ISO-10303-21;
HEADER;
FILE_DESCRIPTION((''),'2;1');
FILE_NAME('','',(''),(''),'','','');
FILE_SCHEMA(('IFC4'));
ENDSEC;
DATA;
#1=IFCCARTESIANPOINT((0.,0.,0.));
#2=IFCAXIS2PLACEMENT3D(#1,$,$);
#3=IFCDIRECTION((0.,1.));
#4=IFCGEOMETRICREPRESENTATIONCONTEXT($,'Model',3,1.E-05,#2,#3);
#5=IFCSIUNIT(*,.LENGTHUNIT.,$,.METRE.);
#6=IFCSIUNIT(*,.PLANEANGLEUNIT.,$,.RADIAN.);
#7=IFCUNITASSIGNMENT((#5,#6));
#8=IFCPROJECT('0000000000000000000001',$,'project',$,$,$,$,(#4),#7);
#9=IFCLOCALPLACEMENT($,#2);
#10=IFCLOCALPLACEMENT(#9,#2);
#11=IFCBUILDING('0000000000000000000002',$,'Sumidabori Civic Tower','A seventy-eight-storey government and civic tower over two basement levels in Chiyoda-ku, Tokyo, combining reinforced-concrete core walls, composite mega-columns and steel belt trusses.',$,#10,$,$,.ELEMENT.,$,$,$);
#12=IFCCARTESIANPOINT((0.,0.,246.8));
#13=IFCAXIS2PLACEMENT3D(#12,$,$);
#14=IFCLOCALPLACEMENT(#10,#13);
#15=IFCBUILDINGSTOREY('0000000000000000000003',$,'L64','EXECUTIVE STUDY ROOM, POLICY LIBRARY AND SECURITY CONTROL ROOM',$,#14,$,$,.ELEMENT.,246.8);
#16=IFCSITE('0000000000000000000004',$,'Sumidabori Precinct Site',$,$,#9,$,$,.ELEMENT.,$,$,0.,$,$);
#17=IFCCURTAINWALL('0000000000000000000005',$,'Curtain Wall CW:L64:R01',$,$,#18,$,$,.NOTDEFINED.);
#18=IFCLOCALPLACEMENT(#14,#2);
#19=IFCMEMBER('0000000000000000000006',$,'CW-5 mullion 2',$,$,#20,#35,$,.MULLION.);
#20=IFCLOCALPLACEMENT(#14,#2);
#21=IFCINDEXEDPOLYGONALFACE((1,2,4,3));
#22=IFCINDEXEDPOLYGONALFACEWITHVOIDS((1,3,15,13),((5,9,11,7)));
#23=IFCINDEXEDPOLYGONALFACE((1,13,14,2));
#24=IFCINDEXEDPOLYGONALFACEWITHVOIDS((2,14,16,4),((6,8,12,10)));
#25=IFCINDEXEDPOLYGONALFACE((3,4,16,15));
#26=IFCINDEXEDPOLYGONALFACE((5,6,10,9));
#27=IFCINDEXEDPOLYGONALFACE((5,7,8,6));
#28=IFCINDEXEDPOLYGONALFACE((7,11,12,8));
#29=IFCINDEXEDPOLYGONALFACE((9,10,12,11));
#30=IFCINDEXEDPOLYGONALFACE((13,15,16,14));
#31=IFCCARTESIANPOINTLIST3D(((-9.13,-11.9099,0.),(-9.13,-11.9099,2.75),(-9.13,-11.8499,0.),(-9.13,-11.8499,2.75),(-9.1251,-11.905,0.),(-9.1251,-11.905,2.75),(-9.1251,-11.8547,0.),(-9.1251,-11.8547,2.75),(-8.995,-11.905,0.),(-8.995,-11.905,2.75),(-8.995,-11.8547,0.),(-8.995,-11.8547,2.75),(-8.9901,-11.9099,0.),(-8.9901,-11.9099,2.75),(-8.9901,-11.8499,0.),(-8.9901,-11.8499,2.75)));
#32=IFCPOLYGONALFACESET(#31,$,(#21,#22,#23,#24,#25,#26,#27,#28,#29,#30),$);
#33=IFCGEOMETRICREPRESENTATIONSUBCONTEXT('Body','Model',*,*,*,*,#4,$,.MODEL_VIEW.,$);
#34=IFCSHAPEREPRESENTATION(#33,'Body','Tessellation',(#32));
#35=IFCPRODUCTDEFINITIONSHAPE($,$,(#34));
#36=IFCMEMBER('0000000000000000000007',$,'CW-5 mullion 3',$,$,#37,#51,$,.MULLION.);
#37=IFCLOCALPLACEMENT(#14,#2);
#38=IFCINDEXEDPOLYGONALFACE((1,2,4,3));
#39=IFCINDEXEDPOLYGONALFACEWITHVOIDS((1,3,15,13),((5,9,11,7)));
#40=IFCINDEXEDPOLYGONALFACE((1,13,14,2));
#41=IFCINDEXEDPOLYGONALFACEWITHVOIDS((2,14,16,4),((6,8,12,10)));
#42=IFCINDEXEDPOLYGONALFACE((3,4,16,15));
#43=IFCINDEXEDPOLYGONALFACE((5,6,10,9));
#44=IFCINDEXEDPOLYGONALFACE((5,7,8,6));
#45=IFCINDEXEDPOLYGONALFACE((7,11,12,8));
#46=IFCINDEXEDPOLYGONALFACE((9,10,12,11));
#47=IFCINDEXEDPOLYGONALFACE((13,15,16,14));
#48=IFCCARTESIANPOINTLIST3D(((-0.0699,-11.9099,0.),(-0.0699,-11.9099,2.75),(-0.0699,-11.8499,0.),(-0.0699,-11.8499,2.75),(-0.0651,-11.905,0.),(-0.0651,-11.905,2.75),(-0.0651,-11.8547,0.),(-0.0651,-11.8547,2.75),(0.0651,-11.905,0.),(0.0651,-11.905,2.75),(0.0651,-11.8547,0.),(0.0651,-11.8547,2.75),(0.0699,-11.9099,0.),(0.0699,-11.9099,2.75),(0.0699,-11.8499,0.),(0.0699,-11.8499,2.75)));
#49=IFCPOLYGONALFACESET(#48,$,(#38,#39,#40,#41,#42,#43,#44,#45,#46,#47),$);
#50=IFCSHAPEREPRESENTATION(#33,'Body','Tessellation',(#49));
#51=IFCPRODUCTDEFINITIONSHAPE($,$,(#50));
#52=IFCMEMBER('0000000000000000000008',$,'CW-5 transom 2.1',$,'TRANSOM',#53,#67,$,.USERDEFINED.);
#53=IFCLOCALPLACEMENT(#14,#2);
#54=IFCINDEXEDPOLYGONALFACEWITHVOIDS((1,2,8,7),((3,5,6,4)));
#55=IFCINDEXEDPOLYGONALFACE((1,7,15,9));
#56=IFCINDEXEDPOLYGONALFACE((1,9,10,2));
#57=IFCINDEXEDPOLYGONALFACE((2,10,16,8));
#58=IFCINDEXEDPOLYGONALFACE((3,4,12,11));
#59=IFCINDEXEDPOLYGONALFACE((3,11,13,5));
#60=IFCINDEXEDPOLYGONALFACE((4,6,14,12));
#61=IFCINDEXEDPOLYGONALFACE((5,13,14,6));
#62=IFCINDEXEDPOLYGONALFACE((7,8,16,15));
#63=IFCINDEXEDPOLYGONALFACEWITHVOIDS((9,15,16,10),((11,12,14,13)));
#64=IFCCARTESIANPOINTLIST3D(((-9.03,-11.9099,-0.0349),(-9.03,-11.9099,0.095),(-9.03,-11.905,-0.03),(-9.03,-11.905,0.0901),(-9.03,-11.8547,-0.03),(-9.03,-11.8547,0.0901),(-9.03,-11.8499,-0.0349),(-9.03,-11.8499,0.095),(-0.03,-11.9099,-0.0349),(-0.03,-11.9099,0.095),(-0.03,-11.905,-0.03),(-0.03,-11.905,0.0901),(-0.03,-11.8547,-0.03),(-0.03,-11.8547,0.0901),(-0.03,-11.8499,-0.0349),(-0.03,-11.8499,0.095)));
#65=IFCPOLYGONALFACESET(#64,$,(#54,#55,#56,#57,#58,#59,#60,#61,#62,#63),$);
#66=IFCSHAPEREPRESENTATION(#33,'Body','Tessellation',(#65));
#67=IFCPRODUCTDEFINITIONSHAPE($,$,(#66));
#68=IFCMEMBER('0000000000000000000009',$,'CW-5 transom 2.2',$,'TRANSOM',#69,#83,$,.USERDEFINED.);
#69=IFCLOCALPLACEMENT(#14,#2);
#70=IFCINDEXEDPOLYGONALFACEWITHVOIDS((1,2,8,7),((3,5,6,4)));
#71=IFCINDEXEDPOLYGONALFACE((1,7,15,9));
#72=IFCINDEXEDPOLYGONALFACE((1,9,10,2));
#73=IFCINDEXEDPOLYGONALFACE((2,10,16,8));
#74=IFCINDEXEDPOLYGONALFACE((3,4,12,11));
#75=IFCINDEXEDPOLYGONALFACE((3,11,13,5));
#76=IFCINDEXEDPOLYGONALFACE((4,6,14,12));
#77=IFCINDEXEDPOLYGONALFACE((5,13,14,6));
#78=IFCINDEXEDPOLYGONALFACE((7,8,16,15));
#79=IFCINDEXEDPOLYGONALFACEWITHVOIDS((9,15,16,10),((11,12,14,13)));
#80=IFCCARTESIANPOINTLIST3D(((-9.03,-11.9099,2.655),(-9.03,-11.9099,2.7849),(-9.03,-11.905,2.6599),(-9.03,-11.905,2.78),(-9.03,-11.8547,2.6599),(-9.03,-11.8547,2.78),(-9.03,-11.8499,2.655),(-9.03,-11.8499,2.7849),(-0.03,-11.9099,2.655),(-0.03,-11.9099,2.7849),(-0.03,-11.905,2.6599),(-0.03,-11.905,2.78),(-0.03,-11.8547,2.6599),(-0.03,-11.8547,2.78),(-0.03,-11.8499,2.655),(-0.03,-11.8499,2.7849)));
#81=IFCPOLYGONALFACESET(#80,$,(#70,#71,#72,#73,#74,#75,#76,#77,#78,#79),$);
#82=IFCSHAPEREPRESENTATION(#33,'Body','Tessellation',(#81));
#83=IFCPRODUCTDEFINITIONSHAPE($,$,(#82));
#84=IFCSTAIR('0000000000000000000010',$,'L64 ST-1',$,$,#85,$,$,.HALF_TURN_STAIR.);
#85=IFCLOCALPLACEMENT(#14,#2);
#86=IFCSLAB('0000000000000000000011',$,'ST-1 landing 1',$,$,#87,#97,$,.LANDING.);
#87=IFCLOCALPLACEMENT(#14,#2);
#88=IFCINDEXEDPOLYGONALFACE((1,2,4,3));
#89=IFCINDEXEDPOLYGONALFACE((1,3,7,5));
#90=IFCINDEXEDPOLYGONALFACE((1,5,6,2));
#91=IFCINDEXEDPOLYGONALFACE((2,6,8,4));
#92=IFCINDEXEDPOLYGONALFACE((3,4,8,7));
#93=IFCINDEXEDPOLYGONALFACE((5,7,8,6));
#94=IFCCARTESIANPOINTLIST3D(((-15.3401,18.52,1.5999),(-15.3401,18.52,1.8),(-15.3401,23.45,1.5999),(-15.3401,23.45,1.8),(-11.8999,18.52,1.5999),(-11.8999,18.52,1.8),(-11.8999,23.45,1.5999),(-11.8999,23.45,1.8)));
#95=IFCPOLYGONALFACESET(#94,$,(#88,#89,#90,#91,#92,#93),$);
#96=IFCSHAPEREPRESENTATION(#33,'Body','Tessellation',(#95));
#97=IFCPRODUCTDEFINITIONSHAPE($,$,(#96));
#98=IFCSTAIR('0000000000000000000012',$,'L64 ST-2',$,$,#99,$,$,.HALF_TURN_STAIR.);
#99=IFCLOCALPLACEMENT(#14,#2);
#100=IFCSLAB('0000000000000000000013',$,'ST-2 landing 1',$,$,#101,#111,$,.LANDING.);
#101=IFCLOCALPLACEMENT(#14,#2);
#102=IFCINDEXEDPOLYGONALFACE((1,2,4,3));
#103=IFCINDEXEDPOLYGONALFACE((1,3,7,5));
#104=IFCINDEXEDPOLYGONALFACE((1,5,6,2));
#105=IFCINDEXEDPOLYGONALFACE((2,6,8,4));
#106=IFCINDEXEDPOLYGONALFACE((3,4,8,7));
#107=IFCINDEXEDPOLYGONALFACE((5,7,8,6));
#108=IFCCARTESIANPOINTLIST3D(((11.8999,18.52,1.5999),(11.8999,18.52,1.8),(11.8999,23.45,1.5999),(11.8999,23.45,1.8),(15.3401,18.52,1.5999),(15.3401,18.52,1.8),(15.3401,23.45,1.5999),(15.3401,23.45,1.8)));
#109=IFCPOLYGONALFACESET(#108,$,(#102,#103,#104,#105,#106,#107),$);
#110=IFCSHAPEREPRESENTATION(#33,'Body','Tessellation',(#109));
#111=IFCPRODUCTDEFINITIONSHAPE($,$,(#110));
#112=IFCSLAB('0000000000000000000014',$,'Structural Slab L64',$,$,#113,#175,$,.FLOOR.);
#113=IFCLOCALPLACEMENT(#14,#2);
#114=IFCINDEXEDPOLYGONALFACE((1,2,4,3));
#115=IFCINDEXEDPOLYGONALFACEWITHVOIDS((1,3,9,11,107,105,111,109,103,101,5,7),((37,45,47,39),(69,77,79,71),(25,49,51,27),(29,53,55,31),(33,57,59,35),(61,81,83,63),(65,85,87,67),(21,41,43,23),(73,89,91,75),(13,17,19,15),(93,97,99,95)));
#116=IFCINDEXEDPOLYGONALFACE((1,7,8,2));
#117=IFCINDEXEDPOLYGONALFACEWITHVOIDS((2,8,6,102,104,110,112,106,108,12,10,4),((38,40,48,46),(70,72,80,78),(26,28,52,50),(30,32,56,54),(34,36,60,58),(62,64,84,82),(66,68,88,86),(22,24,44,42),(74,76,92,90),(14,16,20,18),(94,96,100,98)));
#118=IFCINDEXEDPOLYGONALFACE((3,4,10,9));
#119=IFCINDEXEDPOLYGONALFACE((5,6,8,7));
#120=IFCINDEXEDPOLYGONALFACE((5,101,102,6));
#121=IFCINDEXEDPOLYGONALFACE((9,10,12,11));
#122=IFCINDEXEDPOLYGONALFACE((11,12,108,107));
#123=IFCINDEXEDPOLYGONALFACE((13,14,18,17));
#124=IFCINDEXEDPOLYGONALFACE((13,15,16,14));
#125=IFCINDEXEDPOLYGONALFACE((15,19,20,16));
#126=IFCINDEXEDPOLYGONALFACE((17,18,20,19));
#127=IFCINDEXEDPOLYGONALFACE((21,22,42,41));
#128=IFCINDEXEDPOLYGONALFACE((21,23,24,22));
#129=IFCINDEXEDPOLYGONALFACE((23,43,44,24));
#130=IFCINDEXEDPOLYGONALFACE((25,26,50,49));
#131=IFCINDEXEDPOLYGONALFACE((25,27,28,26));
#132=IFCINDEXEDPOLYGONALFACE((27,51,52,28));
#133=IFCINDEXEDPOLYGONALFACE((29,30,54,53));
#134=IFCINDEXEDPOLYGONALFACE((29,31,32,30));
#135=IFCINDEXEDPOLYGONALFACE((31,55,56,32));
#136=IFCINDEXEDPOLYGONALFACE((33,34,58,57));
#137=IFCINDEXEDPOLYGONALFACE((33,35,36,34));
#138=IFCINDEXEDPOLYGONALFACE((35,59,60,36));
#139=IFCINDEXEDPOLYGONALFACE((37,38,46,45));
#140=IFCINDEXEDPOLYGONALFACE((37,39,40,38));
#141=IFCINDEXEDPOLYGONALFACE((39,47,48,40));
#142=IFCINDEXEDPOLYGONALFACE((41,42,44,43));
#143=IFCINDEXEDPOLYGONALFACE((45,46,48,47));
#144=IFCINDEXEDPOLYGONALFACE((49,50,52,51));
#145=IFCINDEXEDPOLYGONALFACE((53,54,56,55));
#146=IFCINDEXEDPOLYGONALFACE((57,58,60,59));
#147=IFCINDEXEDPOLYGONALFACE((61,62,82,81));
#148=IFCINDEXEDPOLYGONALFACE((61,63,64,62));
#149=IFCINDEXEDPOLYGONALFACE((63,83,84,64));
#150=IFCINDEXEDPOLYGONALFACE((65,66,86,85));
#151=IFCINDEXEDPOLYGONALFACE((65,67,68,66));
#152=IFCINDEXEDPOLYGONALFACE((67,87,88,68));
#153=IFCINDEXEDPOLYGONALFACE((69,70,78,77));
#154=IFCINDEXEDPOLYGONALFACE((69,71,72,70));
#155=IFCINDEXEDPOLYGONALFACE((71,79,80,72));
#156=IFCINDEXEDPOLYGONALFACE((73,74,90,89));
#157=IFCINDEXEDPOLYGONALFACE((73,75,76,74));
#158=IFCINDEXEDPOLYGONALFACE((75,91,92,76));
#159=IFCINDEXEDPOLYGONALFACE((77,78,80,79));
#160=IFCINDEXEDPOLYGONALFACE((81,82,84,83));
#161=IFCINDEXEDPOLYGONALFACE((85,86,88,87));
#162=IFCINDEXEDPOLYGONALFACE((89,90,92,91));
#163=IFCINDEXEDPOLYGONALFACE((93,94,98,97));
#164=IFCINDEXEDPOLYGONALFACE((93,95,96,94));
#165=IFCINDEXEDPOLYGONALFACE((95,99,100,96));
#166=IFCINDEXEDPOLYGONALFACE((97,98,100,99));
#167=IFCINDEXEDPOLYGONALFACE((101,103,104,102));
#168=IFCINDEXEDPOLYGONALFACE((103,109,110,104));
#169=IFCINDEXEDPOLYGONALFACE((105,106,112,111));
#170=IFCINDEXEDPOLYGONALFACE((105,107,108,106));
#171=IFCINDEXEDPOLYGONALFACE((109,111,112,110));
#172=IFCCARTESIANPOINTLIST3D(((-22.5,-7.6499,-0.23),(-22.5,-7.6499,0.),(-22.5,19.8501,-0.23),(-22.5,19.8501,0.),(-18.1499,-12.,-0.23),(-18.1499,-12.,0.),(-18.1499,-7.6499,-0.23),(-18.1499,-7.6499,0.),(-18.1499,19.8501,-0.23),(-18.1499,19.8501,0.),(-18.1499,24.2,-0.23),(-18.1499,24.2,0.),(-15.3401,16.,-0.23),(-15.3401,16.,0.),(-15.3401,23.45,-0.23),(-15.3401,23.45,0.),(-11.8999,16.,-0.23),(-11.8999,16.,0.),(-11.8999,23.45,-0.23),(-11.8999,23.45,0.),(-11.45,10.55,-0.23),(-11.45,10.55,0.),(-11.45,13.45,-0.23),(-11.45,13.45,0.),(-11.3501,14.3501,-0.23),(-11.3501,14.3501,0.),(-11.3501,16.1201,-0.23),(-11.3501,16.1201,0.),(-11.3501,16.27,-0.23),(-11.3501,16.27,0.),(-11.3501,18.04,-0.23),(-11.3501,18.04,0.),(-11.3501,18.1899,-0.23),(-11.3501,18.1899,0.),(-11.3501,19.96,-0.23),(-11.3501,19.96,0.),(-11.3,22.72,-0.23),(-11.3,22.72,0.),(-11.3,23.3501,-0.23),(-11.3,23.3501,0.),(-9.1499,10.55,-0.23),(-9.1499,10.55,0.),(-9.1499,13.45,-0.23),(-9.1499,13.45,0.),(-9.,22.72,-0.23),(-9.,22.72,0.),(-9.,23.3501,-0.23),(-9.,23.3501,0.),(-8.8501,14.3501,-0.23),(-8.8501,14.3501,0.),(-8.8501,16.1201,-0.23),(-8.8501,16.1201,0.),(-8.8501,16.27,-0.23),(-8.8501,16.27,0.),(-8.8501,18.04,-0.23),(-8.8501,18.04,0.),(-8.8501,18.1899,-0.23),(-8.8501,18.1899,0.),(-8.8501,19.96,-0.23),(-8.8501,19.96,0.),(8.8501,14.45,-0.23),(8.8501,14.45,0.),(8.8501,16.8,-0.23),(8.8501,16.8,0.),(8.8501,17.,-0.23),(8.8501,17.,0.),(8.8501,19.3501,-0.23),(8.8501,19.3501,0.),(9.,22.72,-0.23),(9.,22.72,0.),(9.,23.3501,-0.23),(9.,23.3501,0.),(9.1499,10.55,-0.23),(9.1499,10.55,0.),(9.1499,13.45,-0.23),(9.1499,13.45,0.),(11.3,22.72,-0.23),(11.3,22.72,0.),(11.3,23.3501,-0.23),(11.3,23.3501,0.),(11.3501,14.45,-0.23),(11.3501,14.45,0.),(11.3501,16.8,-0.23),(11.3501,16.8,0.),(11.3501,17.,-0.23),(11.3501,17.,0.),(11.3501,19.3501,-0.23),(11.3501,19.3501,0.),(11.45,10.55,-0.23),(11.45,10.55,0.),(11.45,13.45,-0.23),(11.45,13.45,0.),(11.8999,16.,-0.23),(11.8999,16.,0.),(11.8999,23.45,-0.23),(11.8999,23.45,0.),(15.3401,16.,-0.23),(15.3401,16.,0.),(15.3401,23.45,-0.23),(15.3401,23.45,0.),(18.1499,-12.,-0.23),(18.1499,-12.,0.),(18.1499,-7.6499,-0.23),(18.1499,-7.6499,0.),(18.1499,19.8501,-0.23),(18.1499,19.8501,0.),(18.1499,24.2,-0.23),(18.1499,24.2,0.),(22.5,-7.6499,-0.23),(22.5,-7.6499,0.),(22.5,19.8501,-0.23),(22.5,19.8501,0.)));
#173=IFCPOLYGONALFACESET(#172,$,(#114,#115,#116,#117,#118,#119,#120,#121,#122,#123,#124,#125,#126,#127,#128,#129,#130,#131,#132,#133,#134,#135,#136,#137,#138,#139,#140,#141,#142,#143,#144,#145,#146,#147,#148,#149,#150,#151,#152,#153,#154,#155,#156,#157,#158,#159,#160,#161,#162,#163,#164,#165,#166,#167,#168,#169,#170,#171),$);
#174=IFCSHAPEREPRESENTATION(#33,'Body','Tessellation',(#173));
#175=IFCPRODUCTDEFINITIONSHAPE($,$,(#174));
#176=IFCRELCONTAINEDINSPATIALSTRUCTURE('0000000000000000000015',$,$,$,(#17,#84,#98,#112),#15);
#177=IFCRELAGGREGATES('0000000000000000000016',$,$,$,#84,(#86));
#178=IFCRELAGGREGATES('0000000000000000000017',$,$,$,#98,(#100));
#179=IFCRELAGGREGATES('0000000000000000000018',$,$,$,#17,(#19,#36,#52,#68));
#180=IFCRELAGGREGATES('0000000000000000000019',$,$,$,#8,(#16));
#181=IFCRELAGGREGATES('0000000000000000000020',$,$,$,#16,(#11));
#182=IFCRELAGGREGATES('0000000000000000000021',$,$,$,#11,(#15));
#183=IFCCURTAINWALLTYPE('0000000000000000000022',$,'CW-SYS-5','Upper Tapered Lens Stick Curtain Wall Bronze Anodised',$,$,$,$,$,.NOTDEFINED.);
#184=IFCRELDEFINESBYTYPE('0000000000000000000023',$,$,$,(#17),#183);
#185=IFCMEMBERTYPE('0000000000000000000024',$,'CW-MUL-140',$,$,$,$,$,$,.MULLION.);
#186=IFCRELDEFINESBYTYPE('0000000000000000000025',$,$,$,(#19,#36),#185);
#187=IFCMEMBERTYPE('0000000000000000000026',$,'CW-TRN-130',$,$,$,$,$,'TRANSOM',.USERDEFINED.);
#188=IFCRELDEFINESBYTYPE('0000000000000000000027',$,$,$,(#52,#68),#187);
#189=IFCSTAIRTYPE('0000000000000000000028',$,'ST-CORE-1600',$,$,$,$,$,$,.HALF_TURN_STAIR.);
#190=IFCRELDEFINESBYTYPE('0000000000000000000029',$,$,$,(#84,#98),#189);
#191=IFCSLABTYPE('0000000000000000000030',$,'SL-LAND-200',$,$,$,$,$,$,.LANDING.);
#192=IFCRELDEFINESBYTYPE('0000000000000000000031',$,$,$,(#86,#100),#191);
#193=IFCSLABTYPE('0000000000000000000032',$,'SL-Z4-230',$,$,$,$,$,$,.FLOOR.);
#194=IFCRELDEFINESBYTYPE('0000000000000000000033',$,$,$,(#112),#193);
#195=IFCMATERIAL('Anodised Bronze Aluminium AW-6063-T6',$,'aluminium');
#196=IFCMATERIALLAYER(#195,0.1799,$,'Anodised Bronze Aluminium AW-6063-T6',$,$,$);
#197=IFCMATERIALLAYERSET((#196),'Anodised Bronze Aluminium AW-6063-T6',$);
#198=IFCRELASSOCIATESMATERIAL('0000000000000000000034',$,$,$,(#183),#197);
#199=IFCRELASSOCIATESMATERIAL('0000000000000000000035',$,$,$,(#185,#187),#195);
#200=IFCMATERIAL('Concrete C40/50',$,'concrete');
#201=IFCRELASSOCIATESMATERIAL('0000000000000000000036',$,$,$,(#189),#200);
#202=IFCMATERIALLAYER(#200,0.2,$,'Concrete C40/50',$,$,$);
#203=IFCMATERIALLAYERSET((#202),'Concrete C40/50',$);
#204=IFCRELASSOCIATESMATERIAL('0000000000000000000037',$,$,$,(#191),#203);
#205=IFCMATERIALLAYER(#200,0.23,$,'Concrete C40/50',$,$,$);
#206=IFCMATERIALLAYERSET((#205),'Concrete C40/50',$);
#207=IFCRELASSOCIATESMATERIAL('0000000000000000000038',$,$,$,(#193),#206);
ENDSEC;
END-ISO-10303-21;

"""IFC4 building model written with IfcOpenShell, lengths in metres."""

from ifc_helpers import new_model, si_unit, direction, frame, origin, origin_2d, place, context, subcontext, project, spatial, polyline, hollow_rectangle, outline, extrude, source, transform, mapped, material, layer, layer_set, material_profile, profile_set, type_object, element, aggregate, save


model = new_model("IFC4")

# Units and contexts
model_context = context("Model", 3, precision=1e-05, world=origin(), true_north=direction((0.0, 1.0)))
body_context = subcontext(model_context, "Body", "Model", "MODEL_VIEW")
ifc_project = project(units=[si_unit("LENGTHUNIT", "METRE"), si_unit("PLANEANGLEUNIT", "RADIAN")], contexts=[model_context])

# Site, building, storey
site_placement = place(None, origin())
site = spatial("IfcSite", under=ifc_project, at=site_placement, Name="Sumidabori Precinct Site", CompositionType="ELEMENT", RefElevation=0.0)
building_placement = place(site_placement, origin())
building = spatial("IfcBuilding", under=site, at=building_placement, Name="Sumidabori Civic Tower", Description="A seventy-eight-storey government and civic tower over two basement levels in Chiyoda-ku, Tokyo, combining reinforced-concrete core walls, composite mega-columns and steel belt trusses.", CompositionType="ELEMENT")
storey_placement = place(building_placement, frame((0.0, 0.0, 246.8)))
storey = spatial("IfcBuildingStorey", under=building, at=storey_placement, Name="L64", Description="EXECUTIVE STUDY ROOM, POLICY LIBRARY AND SECURITY CONTROL ROOM", CompositionType="ELEMENT", Elevation=246.8)

# Curtain wall, members
ifc_material_1 = material(Name="Anodised Bronze Aluminium AW-6063-T6", Category="aluminium")
ifc_layer_1 = layer(ifc_material_1, 0.1799, Name="Anodised Bronze Aluminium AW-6063-T6")
ifc_layer_set_1 = layer_set([ifc_layer_1], Name="Anodised Bronze Aluminium AW-6063-T6")
curtain_wall_type = type_object("IfcCurtainWallType", Name="CW-SYS-5", Description="Upper Tapered Lens Stick Curtain Wall Bronze Anodised", PredefinedType="NOTDEFINED", material=ifc_layer_set_1)
curtain_wall_placement = place(storey_placement, origin())
curtain_wall = element("IfcCurtainWall", 1, at=curtain_wall_placement, inside=storey, type_object=curtain_wall_type, Name="Curtain Wall CW:L64:R01", PredefinedType="NOTDEFINED")
ifc_material_profile_1 = material_profile(ifc_material_1, hollow_rectangle(XDim=0.0601, YDim=0.1399, WallThickness=0.0049, at=origin_2d()), Name="ALU MULLION 140x60")
ifc_profile_set_1 = profile_set([ifc_material_profile_1], Name="Anodised Bronze Aluminium AW-6063-T6")
member_type_1 = type_object("IfcMemberType", Name="CW-MUL-140", PredefinedType="MULLION", material=ifc_profile_set_1)
shared_shape_1 = source(origin(), body_context, "Body", "SweptSolid", [
    extrude(hollow_rectangle(XDim=0.0601, YDim=0.1399, WallThickness=0.0049, at=origin_2d()), origin(), (0.0, 0.0, 1.0), 2.75),
])
member_1_placement = place(storey_placement, frame((-9.0601, -11.8799, 0.0), z_axis=(0.0, 0.0, 1.0), x_axis=(0.0, 1.0, 0.0)))
member_1 = element("IfcMember", 2, at=member_1_placement, type_object=member_type_1, Name="CW-5 mullion 2", PredefinedType="MULLION", context=body_context, shape_type="MappedRepresentation", body=[
    mapped(shared_shape_1, transform((0.0, 0.0, 0.0), x_axis=(1.0, 0.0, 0.0), y_axis=(0.0, 1.0, 0.0), z_axis=(0.0, 0.0, 1.0), scale=1.0)),
])
member_2_placement = place(storey_placement, frame((0.0, -11.8799, 0.0), z_axis=(0.0, 0.0, 1.0), x_axis=(0.0, 1.0, 0.0)))
member_2 = element("IfcMember", 3, at=member_2_placement, type_object=member_type_1, Name="CW-5 mullion 3", PredefinedType="MULLION", context=body_context, shape_type="MappedRepresentation", body=[
    mapped(shared_shape_1, transform((0.0, 0.0, 0.0), x_axis=(1.0, 0.0, 0.0), y_axis=(0.0, 1.0, 0.0), z_axis=(0.0, 0.0, 1.0), scale=1.0)),
])
ifc_material_profile_2 = material_profile(ifc_material_1, hollow_rectangle(XDim=0.0601, YDim=0.1299, WallThickness=0.0049, at=origin_2d()), Name="ALU TRANSOM 130x60")
ifc_profile_set_2 = profile_set([ifc_material_profile_2], Name="Anodised Bronze Aluminium AW-6063-T6")
member_type_2 = type_object("IfcMemberType", Name="CW-TRN-130", ElementType="TRANSOM", PredefinedType="USERDEFINED", material=ifc_profile_set_2)
shared_shape_2 = source(origin(), body_context, "Body", "SweptSolid", [
    extrude(hollow_rectangle(XDim=0.0601, YDim=0.1299, WallThickness=0.0049, at=origin_2d()), origin(), (0.0, 0.0, 1.0), 9.0),
])
member_3_placement = place(storey_placement, frame((-9.03, -11.8799, 0.03), z_axis=(1.0, 0.0, 0.0), x_axis=(0.0, 1.0, 0.0)))
member_3 = element("IfcMember", 4, at=member_3_placement, type_object=member_type_2, Name="CW-5 transom 2.1", ObjectType="TRANSOM", PredefinedType="USERDEFINED", context=body_context, shape_type="MappedRepresentation", body=[
    mapped(shared_shape_2, transform((0.0, 0.0, 0.0), x_axis=(1.0, 0.0, 0.0), y_axis=(0.0, 1.0, 0.0), z_axis=(0.0, 0.0, 1.0), scale=1.0)),
])
member_4_placement = place(storey_placement, frame((-9.03, -11.8799, 2.72), z_axis=(1.0, 0.0, 0.0), x_axis=(0.0, 1.0, 0.0)))
member_4 = element("IfcMember", 5, at=member_4_placement, type_object=member_type_2, Name="CW-5 transom 2.2", ObjectType="TRANSOM", PredefinedType="USERDEFINED", context=body_context, shape_type="MappedRepresentation", body=[
    mapped(shared_shape_2, transform((0.0, 0.0, 0.0), x_axis=(1.0, 0.0, 0.0), y_axis=(0.0, 1.0, 0.0), z_axis=(0.0, 0.0, 1.0), scale=1.0)),
])

# Stairs, slabs
ifc_material_2 = material(Name="Concrete C40/50", Category="concrete")
stair_type = type_object("IfcStairType", Name="ST-CORE-1600", PredefinedType="HALF_TURN_STAIR", material=ifc_material_2)
stair_1_placement = place(storey_placement, origin())
stair_1 = element("IfcStair", 6, at=stair_1_placement, inside=storey, type_object=stair_type, Name="L64 ST-1", PredefinedType="HALF_TURN_STAIR")
ifc_layer_2 = layer(ifc_material_2, 0.2, Name="Concrete C40/50")
ifc_layer_set_2 = layer_set([ifc_layer_2], Name="Concrete C40/50")
slab_type_1 = type_object("IfcSlabType", Name="SL-LAND-200", PredefinedType="LANDING", material=ifc_layer_set_2)
slab_1_placement = place(storey_placement, frame((0.0, 0.0, 1.5999)))
slab_1 = element("IfcSlab", 7, at=slab_1_placement, type_object=slab_type_1, Name="ST-1 landing 1", PredefinedType="LANDING", context=body_context, shape_type="SweptSolid", body=[
    extrude(outline(polyline([(-11.8999, 18.52), (-11.8999, 23.45), (-15.3401, 23.45), (-15.3401, 18.52), (-11.8999, 18.52)])), origin(), (0.0, 0.0, 1.0), 0.2002),
])
aggregate(stair_1, [slab_1])
stair_2_placement = place(storey_placement, origin())
stair_2 = element("IfcStair", 8, at=stair_2_placement, inside=storey, type_object=stair_type, Name="L64 ST-2", PredefinedType="HALF_TURN_STAIR")
slab_2_placement = place(storey_placement, frame((0.0, 0.0, 1.5999)))
slab_2 = element("IfcSlab", 9, at=slab_2_placement, type_object=slab_type_1, Name="ST-2 landing 1", PredefinedType="LANDING", context=body_context, shape_type="SweptSolid", body=[
    extrude(outline(polyline([(15.3401, 18.52), (15.3401, 23.45), (11.8999, 23.45), (11.8999, 18.52), (15.3401, 18.52)])), origin(), (0.0, 0.0, 1.0), 0.2002),
])
aggregate(stair_2, [slab_2])

# Slab
ifc_layer_3 = layer(ifc_material_2, 0.23, Name="Concrete C40/50")
ifc_layer_set_3 = layer_set([ifc_layer_3], Name="Concrete C40/50")
slab_type_2 = type_object("IfcSlabType", Name="SL-Z4-230", PredefinedType="FLOOR", material=ifc_layer_set_3)
slab_3_placement = place(storey_placement, frame((0.0, 0.0, -0.23)))
element("IfcSlab", 10, at=slab_3_placement, inside=storey, type_object=slab_type_2, Name="Structural Slab L64", PredefinedType="FLOOR", context=body_context, shape_type="SweptSolid", body=[
    extrude(outline(polyline([(-18.1499, -12.0), (18.1499, -12.0), (18.1499, -7.6499), (22.5, -7.6499), (22.5, 19.8501), (18.1499, 19.8501), (18.1499, 24.2), (-18.1499, 24.2), (-18.1499, 19.8501), (-22.5, 19.8501), (-22.5, -7.6499), (-18.1499, -7.6499), (-18.1499, -12.0)]), holes=[polyline([(-11.8999, 16.0), (-11.8999, 23.45), (-15.3401, 23.45), (-15.3401, 16.0), (-11.8999, 16.0)]), polyline([(15.3401, 16.0), (15.3401, 23.45), (11.8999, 23.45), (11.8999, 16.0), (15.3401, 16.0)]), polyline([(-11.45, 10.55), (-9.1499, 10.55), (-9.1499, 13.45), (-11.45, 13.45), (-11.45, 10.55)]), polyline([(9.1499, 10.55), (11.45, 10.55), (11.45, 13.45), (9.1499, 13.45), (9.1499, 10.55)]), polyline([(-11.3501, 14.3501), (-8.8501, 14.3501), (-8.8501, 16.1201), (-11.3501, 16.1201), (-11.3501, 14.3501)]), polyline([(-11.3501, 16.27), (-8.8501, 16.27), (-8.8501, 18.04), (-11.3501, 18.04), (-11.3501, 16.27)]), polyline([(-11.3501, 18.1899), (-8.8501, 18.1899), (-8.8501, 19.96), (-11.3501, 19.96), (-11.3501, 18.1899)]), polyline([(8.8501, 14.45), (11.3501, 14.45), (11.3501, 16.8), (8.8501, 16.8), (8.8501, 14.45)]), polyline([(8.8501, 17.0), (11.3501, 17.0), (11.3501, 19.3501), (8.8501, 19.3501), (8.8501, 17.0)]), polyline([(-11.3, 22.72), (-9.0, 22.72), (-9.0, 23.3501), (-11.3, 23.3501), (-11.3, 22.72)]), polyline([(9.0, 22.72), (11.3, 22.72), (11.3, 23.3501), (9.0, 23.3501), (9.0, 22.72)])]), origin(), (0.0, 0.0, 1.0), 0.23),
])

aggregate(curtain_wall, [member_1, member_2, member_3, member_4])

save(model, "model.ifc")
